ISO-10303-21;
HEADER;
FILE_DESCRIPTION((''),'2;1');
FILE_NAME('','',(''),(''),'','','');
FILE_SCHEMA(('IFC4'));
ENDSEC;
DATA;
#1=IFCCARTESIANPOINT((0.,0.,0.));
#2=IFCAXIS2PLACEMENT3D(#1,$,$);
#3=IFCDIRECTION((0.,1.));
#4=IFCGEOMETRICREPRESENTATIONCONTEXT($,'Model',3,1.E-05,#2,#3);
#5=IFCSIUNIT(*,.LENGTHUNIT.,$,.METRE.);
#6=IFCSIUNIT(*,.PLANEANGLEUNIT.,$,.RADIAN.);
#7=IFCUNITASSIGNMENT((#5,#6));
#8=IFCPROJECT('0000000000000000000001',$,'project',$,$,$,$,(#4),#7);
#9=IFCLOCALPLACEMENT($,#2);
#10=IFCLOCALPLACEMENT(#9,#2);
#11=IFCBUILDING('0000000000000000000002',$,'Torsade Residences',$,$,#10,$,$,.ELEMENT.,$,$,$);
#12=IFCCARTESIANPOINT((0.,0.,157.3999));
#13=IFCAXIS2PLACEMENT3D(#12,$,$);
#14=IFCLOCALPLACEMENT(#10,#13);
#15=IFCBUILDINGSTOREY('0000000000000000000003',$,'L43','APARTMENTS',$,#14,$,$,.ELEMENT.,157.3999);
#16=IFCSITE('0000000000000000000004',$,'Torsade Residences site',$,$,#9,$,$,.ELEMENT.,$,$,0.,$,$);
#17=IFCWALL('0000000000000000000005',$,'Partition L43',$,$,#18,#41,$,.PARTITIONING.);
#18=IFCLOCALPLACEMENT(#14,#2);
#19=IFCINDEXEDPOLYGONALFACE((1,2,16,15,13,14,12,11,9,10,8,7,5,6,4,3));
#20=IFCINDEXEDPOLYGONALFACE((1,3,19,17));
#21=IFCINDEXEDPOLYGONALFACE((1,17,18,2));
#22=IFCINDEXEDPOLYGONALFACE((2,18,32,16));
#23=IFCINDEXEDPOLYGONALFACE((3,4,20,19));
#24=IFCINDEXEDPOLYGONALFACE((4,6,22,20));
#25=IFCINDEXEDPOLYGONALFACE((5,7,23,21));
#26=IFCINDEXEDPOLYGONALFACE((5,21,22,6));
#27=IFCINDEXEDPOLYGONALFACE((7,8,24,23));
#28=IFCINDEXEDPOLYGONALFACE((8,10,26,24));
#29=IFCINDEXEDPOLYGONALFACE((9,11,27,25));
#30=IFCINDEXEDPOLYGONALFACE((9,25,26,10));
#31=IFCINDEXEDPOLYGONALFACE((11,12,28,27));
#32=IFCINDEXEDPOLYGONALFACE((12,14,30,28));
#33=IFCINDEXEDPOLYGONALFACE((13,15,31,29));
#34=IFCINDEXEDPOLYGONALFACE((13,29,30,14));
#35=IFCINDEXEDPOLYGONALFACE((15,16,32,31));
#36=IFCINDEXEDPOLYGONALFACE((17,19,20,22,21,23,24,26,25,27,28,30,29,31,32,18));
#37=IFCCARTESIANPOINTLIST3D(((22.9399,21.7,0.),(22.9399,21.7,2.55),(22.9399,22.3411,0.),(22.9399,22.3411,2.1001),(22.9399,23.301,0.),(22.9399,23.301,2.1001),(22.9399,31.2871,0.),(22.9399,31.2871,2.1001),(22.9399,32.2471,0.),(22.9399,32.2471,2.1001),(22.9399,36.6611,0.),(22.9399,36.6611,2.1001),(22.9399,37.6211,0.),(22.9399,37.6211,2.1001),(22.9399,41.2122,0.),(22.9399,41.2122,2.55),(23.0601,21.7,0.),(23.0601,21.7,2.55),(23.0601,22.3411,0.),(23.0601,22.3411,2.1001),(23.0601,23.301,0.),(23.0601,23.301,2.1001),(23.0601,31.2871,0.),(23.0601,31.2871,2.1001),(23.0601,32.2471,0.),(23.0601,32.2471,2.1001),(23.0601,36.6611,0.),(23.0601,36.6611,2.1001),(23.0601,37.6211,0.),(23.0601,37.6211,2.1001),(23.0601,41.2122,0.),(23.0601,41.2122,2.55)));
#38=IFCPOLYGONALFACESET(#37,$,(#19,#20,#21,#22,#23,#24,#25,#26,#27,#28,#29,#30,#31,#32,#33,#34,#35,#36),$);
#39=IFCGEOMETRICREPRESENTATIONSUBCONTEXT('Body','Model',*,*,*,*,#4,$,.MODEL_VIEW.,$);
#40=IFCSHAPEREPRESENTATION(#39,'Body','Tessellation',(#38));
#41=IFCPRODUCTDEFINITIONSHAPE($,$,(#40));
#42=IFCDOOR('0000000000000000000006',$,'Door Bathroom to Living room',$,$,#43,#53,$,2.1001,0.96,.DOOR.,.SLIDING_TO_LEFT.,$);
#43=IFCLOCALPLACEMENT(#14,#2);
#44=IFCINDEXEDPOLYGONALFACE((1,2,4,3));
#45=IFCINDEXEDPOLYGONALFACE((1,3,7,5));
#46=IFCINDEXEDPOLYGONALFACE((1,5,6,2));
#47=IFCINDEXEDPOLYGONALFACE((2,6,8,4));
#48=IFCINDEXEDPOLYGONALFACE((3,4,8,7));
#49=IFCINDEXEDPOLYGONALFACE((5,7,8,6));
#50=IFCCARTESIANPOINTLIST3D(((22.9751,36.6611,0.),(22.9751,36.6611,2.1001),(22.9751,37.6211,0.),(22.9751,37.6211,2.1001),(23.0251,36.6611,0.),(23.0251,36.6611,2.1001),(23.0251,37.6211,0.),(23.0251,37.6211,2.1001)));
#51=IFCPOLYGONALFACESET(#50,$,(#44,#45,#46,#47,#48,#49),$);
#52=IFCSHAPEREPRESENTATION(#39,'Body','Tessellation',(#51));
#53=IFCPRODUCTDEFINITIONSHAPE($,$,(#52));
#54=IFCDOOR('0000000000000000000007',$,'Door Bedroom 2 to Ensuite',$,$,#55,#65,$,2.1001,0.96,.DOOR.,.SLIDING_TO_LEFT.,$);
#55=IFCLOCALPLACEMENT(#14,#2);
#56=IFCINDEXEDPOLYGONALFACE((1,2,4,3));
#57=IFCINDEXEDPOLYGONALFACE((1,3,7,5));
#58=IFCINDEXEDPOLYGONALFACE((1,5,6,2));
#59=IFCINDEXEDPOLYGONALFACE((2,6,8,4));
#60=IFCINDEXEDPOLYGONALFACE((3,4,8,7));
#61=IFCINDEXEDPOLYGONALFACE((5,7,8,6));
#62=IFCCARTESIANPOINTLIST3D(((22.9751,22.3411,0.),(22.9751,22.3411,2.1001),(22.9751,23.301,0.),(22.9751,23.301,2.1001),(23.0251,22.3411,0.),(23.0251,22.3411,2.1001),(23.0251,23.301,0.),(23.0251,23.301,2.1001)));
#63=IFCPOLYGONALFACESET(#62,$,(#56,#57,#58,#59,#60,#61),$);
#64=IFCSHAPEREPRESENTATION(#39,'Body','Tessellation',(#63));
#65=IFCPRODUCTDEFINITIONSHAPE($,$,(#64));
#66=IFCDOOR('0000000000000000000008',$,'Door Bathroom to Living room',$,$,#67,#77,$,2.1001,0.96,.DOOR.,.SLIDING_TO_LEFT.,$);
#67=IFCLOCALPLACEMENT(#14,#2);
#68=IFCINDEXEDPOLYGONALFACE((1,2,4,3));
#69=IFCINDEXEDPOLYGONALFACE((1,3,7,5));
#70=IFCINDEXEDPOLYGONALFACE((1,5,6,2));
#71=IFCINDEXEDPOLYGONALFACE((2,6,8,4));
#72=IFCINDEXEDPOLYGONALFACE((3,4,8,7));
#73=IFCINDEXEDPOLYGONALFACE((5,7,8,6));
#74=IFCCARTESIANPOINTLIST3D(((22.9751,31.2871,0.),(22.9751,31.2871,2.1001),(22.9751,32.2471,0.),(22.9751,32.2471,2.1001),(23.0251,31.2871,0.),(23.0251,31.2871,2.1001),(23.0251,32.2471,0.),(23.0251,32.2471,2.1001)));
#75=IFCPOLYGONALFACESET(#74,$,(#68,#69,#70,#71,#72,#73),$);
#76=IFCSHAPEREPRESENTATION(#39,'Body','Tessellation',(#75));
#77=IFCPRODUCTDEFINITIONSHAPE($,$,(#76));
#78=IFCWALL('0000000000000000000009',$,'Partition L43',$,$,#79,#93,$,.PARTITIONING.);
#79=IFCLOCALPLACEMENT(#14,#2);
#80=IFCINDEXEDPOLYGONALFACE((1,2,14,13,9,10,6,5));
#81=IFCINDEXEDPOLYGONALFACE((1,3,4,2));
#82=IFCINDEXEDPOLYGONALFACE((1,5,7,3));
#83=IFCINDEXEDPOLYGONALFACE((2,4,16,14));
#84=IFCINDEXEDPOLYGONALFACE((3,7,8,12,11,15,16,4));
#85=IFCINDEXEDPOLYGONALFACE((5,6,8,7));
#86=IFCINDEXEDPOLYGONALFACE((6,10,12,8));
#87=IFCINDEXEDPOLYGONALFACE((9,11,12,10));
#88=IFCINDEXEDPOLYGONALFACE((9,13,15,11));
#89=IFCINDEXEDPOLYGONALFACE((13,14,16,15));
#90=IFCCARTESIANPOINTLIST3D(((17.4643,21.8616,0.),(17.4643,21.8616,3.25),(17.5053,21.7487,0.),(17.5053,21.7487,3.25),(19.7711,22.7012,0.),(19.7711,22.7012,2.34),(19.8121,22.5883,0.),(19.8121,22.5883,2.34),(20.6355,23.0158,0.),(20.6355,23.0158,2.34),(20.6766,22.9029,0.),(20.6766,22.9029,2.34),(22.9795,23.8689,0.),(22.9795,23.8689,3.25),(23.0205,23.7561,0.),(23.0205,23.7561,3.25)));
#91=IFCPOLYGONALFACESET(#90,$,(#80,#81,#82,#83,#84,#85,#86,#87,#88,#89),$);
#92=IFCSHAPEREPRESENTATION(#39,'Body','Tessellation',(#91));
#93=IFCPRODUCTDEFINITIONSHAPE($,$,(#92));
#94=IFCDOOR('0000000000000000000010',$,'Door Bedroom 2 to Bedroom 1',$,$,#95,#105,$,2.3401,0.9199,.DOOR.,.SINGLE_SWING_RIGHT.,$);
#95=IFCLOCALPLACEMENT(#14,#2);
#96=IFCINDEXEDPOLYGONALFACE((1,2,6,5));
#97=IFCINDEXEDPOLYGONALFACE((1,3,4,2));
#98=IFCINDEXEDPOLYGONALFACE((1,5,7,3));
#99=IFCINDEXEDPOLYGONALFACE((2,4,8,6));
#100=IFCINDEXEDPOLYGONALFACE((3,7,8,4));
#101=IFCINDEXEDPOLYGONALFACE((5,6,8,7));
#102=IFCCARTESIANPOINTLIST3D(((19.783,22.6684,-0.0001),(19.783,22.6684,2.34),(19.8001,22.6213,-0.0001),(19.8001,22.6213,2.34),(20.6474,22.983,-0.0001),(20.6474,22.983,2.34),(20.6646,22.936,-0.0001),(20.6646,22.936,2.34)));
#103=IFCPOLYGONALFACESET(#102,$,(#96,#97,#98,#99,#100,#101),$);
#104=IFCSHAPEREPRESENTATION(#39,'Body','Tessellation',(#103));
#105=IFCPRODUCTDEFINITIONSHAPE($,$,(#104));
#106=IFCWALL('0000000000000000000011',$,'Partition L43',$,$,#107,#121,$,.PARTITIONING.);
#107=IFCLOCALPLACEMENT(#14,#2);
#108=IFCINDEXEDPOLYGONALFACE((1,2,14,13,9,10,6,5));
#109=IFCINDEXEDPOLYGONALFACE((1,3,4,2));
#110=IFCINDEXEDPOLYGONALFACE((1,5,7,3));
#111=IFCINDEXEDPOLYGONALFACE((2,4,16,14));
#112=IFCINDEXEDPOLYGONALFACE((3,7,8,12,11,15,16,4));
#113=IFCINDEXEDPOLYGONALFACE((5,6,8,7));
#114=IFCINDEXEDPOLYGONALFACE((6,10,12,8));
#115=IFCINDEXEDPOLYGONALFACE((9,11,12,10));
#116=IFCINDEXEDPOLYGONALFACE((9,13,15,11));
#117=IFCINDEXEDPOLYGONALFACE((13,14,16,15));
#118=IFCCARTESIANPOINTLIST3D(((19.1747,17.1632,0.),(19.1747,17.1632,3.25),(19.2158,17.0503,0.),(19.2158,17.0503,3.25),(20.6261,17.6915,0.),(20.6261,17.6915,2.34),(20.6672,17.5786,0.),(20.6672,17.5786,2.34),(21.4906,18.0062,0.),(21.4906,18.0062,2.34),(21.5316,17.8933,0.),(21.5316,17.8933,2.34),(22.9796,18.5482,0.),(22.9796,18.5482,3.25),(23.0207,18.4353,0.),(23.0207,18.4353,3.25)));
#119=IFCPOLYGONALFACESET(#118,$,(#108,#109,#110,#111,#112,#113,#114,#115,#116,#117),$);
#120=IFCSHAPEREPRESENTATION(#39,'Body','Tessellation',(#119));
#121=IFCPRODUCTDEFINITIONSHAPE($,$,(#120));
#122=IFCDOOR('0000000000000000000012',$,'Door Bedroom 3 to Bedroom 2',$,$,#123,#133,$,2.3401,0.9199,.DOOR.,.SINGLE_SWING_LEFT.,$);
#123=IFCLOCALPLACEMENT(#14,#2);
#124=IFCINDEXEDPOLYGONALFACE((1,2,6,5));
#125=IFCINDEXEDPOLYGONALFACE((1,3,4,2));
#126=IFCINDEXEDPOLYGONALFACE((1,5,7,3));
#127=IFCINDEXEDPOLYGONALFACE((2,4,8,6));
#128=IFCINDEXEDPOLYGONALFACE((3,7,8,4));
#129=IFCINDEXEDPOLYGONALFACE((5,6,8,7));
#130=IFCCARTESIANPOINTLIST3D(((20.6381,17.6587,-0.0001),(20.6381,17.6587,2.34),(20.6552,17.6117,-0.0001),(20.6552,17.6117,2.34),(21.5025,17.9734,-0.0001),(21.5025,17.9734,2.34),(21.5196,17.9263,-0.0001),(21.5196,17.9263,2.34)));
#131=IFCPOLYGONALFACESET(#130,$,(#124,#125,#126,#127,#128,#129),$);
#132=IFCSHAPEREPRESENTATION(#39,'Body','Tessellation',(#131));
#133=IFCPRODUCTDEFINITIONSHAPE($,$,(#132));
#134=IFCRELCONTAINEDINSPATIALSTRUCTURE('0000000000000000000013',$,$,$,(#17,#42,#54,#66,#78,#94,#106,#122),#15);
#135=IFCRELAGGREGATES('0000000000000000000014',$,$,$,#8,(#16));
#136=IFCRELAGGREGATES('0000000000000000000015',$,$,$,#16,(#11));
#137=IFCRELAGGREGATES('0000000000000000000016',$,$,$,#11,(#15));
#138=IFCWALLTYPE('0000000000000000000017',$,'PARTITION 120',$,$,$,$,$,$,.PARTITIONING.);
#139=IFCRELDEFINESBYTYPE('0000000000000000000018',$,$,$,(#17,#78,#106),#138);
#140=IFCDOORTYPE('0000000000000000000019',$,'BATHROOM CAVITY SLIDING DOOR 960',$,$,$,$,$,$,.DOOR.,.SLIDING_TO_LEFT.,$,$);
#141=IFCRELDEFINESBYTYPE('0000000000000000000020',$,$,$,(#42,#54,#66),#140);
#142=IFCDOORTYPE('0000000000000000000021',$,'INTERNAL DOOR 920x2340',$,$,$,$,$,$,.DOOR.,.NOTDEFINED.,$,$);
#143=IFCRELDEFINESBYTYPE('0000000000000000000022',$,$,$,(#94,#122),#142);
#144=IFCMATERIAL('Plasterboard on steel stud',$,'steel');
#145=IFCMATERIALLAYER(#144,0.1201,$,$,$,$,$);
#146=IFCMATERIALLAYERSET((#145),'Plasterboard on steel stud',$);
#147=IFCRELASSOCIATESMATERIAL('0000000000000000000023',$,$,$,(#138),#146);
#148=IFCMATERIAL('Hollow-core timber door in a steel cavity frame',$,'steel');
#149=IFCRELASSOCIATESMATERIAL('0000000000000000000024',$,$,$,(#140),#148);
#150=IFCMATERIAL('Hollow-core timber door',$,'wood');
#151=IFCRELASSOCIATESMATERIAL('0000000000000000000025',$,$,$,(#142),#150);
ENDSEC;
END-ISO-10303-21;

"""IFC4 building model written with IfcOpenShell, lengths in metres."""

from ifc_helpers import new_model, si_unit, direction, frame, frame_2d, origin, place, context, subcontext, project, spatial, rectangle, extrude, material, layer, layer_set, type_object, element, fill, save


model = new_model("IFC4")

# Units and contexts
model_context = context("Model", 3, precision=1e-05, world=origin(), true_north=direction((0.0, 1.0)))
body_context = subcontext(model_context, "Body", "Model", "MODEL_VIEW")
ifc_project = project(units=[si_unit("LENGTHUNIT", "METRE"), si_unit("PLANEANGLEUNIT", "RADIAN")], contexts=[model_context])

# Site, building, storey
site_placement = place(None, origin())
site = spatial("IfcSite", under=ifc_project, at=site_placement, Name="Torsade Residences site", CompositionType="ELEMENT", RefElevation=0.0)
building_placement = place(site_placement, origin())
building = spatial("IfcBuilding", under=site, at=building_placement, Name="Torsade Residences", CompositionType="ELEMENT")
storey_placement = place(building_placement, frame((0.0, 0.0, 157.3999)))
storey = spatial("IfcBuildingStorey", under=building, at=storey_placement, Name="L43", Description="APARTMENTS", CompositionType="ELEMENT", Elevation=157.3999)

# Shared definitions
ifc_material_1 = material(Name="Plasterboard on steel stud", Category="steel")
ifc_layer_1 = layer(ifc_material_1, 0.1201)
ifc_layer_set_1 = layer_set([ifc_layer_1], Name="Plasterboard on steel stud")
wall_type = type_object("IfcWallType", Name="PARTITION 120", PredefinedType="PARTITIONING", material=ifc_layer_set_1)

# Wall, openings, doors
wall_1_placement = place(storey_placement, frame((23.0, 21.7, 0.0), z_axis=(0.0, 0.0, 1.0), x_axis=(0.0, 1.0, 0.0)))
wall_1 = element("IfcWall", 1, at=wall_1_placement, inside=storey, type_object=wall_type, Name="Partition L43", PredefinedType="PARTITIONING", context=body_context, shape_type="SweptSolid", body=[
    extrude(rectangle(XDim=19.5122, YDim=0.1201, at=frame_2d((9.7561, 0.0))), origin(), (0.0, 0.0, 1.0), 2.55),
])
opening_1_placement = place(wall_1_placement, frame((14.9612, 0.0, 0.0)))
opening_1 = element("IfcOpeningElement", 2, at=opening_1_placement, cuts=wall_1, PredefinedType="OPENING", context=body_context, shape_type="SweptSolid", body=[
    extrude(rectangle(XDim=0.96, YDim=2.1001, at=frame_2d((0.48, 1.05))), frame((0.0, 0.0701, 0.0), z_axis=(0.0, -1.0, 0.0), x_axis=(1.0, 0.0, 0.0)), (0.0, 0.0, 1.0), 0.1401),
])
opening_2_placement = place(wall_1_placement, frame((0.6411, 0.0, 0.0)))
opening_2 = element("IfcOpeningElement", 3, at=opening_2_placement, cuts=wall_1, PredefinedType="OPENING", context=body_context, shape_type="SweptSolid", body=[
    extrude(rectangle(XDim=0.96, YDim=2.1001, at=frame_2d((0.48, 1.05))), frame((0.0, 0.0701, 0.0), z_axis=(0.0, -1.0, 0.0), x_axis=(1.0, 0.0, 0.0)), (0.0, 0.0, 1.0), 0.1401),
])
opening_3_placement = place(wall_1_placement, frame((9.5872, 0.0, 0.0)))
opening_3 = element("IfcOpeningElement", 4, at=opening_3_placement, cuts=wall_1, PredefinedType="OPENING", context=body_context, shape_type="SweptSolid", body=[
    extrude(rectangle(XDim=0.96, YDim=2.1001, at=frame_2d((0.48, 1.05))), frame((0.0, 0.0701, 0.0), z_axis=(0.0, -1.0, 0.0), x_axis=(1.0, 0.0, 0.0)), (0.0, 0.0, 1.0), 0.1401),
])
ifc_material_2 = material(Name="Hollow-core timber door in a steel cavity frame", Category="steel")
door_type_1 = type_object("IfcDoorType", Name="BATHROOM CAVITY SLIDING DOOR 960", OperationType="SLIDING_TO_LEFT", PredefinedType="DOOR", material=ifc_material_2)
door_1_placement = place(opening_1_placement, origin())
door_1 = element("IfcDoor", 5, at=door_1_placement, inside=storey, type_object=door_type_1, Name="Door Bathroom to Living room", OperationType="SLIDING_TO_LEFT", OverallHeight=2.1001, OverallWidth=0.96, PredefinedType="DOOR", context=body_context, shape_type="SweptSolid", body=[
    extrude(rectangle(XDim=0.96, YDim=2.1001, at=frame_2d((0.48, 1.05))), frame((0.0, 0.0249, 0.0), z_axis=(0.0, -1.0, 0.0), x_axis=(1.0, 0.0, 0.0)), (0.0, 0.0, 1.0), 0.05),
])
fill(opening_1, door_1)
door_2_placement = place(opening_2_placement, origin())
door_2 = element("IfcDoor", 6, at=door_2_placement, inside=storey, type_object=door_type_1, Name="Door Bedroom 2 to Ensuite", OperationType="SLIDING_TO_LEFT", OverallHeight=2.1001, OverallWidth=0.96, PredefinedType="DOOR", context=body_context, shape_type="SweptSolid", body=[
    extrude(rectangle(XDim=0.96, YDim=2.1001, at=frame_2d((0.48, 1.05))), frame((0.0, 0.0249, 0.0), z_axis=(0.0, -1.0, 0.0), x_axis=(1.0, 0.0, 0.0)), (0.0, 0.0, 1.0), 0.05),
])
fill(opening_2, door_2)
door_3_placement = place(opening_3_placement, origin())
door_3 = element("IfcDoor", 7, at=door_3_placement, inside=storey, type_object=door_type_1, Name="Door Bathroom to Living room", OperationType="SLIDING_TO_LEFT", OverallHeight=2.1001, OverallWidth=0.96, PredefinedType="DOOR", context=body_context, shape_type="SweptSolid", body=[
    extrude(rectangle(XDim=0.96, YDim=2.1001, at=frame_2d((0.48, 1.05))), frame((0.0, 0.0249, 0.0), z_axis=(0.0, -1.0, 0.0), x_axis=(1.0, 0.0, 0.0)), (0.0, 0.0, 1.0), 0.05),
])
fill(opening_3, door_3)

# Walls, openings, doors
wall_2_placement = place(storey_placement, frame((23.0, 23.8125, 0.0), z_axis=(0.0, 0.0, 1.0), x_axis=(-0.939694, -0.342017, 0.0)))
wall_2 = element("IfcWall", 8, at=wall_2_placement, inside=storey, type_object=wall_type, Name="Partition L43", PredefinedType="PARTITIONING", context=body_context, shape_type="SweptSolid", body=[
    extrude(rectangle(XDim=5.8691, YDim=0.1201, at=frame_2d((2.9346, 0.0))), origin(), (0.0, 0.0, 1.0), 3.25),
])
opening_4_placement = place(wall_2_placement, frame((2.4944, 0.0, 0.0)))
opening_4 = element("IfcOpeningElement", 9, at=opening_4_placement, cuts=wall_2, PredefinedType="OPENING", context=body_context, shape_type="SweptSolid", body=[
    extrude(rectangle(XDim=0.9199, YDim=2.3401, at=frame_2d((0.46, 1.1699))), frame((0.0, 0.0701, 0.0), z_axis=(0.0, -1.0, 0.0), x_axis=(1.0, 0.0, 0.0)), (0.0, 0.0, 1.0), 0.1401),
])
ifc_material_3 = material(Name="Hollow-core timber door", Category="wood")
door_type_2 = type_object("IfcDoorType", Name="INTERNAL DOOR 920x2340", OperationType="NOTDEFINED", PredefinedType="DOOR", material=ifc_material_3)
door_4_placement = place(opening_4_placement, origin())
door_4 = element("IfcDoor", 10, at=door_4_placement, inside=storey, type_object=door_type_2, Name="Door Bedroom 2 to Bedroom 1", OperationType="SINGLE_SWING_RIGHT", OverallHeight=2.3401, OverallWidth=0.9199, PredefinedType="DOOR", context=body_context, shape_type="SweptSolid", body=[
    extrude(rectangle(XDim=0.9199, YDim=2.3401, at=frame_2d((0.46, 1.1699))), frame((0.0, 0.0249, 0.0), z_axis=(0.0, -1.0, 0.0), x_axis=(1.0, 0.0, 0.0)), (0.0, 0.0, 1.0), 0.05),
])
fill(opening_4, door_4)
wall_3_placement = place(storey_placement, frame((23.0, 18.4917, 0.0), z_axis=(0.0, 0.0, 1.0), x_axis=(-0.939682, -0.342048, 0.0)))
wall_3 = element("IfcWall", 11, at=wall_3_placement, inside=storey, type_object=wall_type, Name="Partition L43", PredefinedType="PARTITIONING", context=body_context, shape_type="SweptSolid", body=[
    extrude(rectangle(XDim=4.0491, YDim=0.1201, at=frame_2d((2.0244, 0.0))), origin(), (0.0, 0.0, 1.0), 3.25),
])
opening_5_placement = place(wall_3_placement, frame((1.5845, 0.0, 0.0)))
opening_5 = element("IfcOpeningElement", 12, at=opening_5_placement, cuts=wall_3, PredefinedType="OPENING", context=body_context, shape_type="SweptSolid", body=[
    extrude(rectangle(XDim=0.9199, YDim=2.3401, at=frame_2d((0.46, 1.1699))), frame((0.0, 0.0701, 0.0), z_axis=(0.0, -1.0, 0.0), x_axis=(1.0, 0.0, 0.0)), (0.0, 0.0, 1.0), 0.1401),
])
door_5_placement = place(opening_5_placement, origin())
door_5 = element("IfcDoor", 13, at=door_5_placement, inside=storey, type_object=door_type_2, Name="Door Bedroom 3 to Bedroom 2", OperationType="SINGLE_SWING_LEFT", OverallHeight=2.3401, OverallWidth=0.9199, PredefinedType="DOOR", context=body_context, shape_type="SweptSolid", body=[
    extrude(rectangle(XDim=0.9199, YDim=2.3401, at=frame_2d((0.46, 1.1699))), frame((0.0, 0.0249, 0.0), z_axis=(0.0, -1.0, 0.0), x_axis=(1.0, 0.0, 0.0)), (0.0, 0.0, 1.0), 0.05),
])
fill(opening_5, door_5)

save(model, "model.ifc")
